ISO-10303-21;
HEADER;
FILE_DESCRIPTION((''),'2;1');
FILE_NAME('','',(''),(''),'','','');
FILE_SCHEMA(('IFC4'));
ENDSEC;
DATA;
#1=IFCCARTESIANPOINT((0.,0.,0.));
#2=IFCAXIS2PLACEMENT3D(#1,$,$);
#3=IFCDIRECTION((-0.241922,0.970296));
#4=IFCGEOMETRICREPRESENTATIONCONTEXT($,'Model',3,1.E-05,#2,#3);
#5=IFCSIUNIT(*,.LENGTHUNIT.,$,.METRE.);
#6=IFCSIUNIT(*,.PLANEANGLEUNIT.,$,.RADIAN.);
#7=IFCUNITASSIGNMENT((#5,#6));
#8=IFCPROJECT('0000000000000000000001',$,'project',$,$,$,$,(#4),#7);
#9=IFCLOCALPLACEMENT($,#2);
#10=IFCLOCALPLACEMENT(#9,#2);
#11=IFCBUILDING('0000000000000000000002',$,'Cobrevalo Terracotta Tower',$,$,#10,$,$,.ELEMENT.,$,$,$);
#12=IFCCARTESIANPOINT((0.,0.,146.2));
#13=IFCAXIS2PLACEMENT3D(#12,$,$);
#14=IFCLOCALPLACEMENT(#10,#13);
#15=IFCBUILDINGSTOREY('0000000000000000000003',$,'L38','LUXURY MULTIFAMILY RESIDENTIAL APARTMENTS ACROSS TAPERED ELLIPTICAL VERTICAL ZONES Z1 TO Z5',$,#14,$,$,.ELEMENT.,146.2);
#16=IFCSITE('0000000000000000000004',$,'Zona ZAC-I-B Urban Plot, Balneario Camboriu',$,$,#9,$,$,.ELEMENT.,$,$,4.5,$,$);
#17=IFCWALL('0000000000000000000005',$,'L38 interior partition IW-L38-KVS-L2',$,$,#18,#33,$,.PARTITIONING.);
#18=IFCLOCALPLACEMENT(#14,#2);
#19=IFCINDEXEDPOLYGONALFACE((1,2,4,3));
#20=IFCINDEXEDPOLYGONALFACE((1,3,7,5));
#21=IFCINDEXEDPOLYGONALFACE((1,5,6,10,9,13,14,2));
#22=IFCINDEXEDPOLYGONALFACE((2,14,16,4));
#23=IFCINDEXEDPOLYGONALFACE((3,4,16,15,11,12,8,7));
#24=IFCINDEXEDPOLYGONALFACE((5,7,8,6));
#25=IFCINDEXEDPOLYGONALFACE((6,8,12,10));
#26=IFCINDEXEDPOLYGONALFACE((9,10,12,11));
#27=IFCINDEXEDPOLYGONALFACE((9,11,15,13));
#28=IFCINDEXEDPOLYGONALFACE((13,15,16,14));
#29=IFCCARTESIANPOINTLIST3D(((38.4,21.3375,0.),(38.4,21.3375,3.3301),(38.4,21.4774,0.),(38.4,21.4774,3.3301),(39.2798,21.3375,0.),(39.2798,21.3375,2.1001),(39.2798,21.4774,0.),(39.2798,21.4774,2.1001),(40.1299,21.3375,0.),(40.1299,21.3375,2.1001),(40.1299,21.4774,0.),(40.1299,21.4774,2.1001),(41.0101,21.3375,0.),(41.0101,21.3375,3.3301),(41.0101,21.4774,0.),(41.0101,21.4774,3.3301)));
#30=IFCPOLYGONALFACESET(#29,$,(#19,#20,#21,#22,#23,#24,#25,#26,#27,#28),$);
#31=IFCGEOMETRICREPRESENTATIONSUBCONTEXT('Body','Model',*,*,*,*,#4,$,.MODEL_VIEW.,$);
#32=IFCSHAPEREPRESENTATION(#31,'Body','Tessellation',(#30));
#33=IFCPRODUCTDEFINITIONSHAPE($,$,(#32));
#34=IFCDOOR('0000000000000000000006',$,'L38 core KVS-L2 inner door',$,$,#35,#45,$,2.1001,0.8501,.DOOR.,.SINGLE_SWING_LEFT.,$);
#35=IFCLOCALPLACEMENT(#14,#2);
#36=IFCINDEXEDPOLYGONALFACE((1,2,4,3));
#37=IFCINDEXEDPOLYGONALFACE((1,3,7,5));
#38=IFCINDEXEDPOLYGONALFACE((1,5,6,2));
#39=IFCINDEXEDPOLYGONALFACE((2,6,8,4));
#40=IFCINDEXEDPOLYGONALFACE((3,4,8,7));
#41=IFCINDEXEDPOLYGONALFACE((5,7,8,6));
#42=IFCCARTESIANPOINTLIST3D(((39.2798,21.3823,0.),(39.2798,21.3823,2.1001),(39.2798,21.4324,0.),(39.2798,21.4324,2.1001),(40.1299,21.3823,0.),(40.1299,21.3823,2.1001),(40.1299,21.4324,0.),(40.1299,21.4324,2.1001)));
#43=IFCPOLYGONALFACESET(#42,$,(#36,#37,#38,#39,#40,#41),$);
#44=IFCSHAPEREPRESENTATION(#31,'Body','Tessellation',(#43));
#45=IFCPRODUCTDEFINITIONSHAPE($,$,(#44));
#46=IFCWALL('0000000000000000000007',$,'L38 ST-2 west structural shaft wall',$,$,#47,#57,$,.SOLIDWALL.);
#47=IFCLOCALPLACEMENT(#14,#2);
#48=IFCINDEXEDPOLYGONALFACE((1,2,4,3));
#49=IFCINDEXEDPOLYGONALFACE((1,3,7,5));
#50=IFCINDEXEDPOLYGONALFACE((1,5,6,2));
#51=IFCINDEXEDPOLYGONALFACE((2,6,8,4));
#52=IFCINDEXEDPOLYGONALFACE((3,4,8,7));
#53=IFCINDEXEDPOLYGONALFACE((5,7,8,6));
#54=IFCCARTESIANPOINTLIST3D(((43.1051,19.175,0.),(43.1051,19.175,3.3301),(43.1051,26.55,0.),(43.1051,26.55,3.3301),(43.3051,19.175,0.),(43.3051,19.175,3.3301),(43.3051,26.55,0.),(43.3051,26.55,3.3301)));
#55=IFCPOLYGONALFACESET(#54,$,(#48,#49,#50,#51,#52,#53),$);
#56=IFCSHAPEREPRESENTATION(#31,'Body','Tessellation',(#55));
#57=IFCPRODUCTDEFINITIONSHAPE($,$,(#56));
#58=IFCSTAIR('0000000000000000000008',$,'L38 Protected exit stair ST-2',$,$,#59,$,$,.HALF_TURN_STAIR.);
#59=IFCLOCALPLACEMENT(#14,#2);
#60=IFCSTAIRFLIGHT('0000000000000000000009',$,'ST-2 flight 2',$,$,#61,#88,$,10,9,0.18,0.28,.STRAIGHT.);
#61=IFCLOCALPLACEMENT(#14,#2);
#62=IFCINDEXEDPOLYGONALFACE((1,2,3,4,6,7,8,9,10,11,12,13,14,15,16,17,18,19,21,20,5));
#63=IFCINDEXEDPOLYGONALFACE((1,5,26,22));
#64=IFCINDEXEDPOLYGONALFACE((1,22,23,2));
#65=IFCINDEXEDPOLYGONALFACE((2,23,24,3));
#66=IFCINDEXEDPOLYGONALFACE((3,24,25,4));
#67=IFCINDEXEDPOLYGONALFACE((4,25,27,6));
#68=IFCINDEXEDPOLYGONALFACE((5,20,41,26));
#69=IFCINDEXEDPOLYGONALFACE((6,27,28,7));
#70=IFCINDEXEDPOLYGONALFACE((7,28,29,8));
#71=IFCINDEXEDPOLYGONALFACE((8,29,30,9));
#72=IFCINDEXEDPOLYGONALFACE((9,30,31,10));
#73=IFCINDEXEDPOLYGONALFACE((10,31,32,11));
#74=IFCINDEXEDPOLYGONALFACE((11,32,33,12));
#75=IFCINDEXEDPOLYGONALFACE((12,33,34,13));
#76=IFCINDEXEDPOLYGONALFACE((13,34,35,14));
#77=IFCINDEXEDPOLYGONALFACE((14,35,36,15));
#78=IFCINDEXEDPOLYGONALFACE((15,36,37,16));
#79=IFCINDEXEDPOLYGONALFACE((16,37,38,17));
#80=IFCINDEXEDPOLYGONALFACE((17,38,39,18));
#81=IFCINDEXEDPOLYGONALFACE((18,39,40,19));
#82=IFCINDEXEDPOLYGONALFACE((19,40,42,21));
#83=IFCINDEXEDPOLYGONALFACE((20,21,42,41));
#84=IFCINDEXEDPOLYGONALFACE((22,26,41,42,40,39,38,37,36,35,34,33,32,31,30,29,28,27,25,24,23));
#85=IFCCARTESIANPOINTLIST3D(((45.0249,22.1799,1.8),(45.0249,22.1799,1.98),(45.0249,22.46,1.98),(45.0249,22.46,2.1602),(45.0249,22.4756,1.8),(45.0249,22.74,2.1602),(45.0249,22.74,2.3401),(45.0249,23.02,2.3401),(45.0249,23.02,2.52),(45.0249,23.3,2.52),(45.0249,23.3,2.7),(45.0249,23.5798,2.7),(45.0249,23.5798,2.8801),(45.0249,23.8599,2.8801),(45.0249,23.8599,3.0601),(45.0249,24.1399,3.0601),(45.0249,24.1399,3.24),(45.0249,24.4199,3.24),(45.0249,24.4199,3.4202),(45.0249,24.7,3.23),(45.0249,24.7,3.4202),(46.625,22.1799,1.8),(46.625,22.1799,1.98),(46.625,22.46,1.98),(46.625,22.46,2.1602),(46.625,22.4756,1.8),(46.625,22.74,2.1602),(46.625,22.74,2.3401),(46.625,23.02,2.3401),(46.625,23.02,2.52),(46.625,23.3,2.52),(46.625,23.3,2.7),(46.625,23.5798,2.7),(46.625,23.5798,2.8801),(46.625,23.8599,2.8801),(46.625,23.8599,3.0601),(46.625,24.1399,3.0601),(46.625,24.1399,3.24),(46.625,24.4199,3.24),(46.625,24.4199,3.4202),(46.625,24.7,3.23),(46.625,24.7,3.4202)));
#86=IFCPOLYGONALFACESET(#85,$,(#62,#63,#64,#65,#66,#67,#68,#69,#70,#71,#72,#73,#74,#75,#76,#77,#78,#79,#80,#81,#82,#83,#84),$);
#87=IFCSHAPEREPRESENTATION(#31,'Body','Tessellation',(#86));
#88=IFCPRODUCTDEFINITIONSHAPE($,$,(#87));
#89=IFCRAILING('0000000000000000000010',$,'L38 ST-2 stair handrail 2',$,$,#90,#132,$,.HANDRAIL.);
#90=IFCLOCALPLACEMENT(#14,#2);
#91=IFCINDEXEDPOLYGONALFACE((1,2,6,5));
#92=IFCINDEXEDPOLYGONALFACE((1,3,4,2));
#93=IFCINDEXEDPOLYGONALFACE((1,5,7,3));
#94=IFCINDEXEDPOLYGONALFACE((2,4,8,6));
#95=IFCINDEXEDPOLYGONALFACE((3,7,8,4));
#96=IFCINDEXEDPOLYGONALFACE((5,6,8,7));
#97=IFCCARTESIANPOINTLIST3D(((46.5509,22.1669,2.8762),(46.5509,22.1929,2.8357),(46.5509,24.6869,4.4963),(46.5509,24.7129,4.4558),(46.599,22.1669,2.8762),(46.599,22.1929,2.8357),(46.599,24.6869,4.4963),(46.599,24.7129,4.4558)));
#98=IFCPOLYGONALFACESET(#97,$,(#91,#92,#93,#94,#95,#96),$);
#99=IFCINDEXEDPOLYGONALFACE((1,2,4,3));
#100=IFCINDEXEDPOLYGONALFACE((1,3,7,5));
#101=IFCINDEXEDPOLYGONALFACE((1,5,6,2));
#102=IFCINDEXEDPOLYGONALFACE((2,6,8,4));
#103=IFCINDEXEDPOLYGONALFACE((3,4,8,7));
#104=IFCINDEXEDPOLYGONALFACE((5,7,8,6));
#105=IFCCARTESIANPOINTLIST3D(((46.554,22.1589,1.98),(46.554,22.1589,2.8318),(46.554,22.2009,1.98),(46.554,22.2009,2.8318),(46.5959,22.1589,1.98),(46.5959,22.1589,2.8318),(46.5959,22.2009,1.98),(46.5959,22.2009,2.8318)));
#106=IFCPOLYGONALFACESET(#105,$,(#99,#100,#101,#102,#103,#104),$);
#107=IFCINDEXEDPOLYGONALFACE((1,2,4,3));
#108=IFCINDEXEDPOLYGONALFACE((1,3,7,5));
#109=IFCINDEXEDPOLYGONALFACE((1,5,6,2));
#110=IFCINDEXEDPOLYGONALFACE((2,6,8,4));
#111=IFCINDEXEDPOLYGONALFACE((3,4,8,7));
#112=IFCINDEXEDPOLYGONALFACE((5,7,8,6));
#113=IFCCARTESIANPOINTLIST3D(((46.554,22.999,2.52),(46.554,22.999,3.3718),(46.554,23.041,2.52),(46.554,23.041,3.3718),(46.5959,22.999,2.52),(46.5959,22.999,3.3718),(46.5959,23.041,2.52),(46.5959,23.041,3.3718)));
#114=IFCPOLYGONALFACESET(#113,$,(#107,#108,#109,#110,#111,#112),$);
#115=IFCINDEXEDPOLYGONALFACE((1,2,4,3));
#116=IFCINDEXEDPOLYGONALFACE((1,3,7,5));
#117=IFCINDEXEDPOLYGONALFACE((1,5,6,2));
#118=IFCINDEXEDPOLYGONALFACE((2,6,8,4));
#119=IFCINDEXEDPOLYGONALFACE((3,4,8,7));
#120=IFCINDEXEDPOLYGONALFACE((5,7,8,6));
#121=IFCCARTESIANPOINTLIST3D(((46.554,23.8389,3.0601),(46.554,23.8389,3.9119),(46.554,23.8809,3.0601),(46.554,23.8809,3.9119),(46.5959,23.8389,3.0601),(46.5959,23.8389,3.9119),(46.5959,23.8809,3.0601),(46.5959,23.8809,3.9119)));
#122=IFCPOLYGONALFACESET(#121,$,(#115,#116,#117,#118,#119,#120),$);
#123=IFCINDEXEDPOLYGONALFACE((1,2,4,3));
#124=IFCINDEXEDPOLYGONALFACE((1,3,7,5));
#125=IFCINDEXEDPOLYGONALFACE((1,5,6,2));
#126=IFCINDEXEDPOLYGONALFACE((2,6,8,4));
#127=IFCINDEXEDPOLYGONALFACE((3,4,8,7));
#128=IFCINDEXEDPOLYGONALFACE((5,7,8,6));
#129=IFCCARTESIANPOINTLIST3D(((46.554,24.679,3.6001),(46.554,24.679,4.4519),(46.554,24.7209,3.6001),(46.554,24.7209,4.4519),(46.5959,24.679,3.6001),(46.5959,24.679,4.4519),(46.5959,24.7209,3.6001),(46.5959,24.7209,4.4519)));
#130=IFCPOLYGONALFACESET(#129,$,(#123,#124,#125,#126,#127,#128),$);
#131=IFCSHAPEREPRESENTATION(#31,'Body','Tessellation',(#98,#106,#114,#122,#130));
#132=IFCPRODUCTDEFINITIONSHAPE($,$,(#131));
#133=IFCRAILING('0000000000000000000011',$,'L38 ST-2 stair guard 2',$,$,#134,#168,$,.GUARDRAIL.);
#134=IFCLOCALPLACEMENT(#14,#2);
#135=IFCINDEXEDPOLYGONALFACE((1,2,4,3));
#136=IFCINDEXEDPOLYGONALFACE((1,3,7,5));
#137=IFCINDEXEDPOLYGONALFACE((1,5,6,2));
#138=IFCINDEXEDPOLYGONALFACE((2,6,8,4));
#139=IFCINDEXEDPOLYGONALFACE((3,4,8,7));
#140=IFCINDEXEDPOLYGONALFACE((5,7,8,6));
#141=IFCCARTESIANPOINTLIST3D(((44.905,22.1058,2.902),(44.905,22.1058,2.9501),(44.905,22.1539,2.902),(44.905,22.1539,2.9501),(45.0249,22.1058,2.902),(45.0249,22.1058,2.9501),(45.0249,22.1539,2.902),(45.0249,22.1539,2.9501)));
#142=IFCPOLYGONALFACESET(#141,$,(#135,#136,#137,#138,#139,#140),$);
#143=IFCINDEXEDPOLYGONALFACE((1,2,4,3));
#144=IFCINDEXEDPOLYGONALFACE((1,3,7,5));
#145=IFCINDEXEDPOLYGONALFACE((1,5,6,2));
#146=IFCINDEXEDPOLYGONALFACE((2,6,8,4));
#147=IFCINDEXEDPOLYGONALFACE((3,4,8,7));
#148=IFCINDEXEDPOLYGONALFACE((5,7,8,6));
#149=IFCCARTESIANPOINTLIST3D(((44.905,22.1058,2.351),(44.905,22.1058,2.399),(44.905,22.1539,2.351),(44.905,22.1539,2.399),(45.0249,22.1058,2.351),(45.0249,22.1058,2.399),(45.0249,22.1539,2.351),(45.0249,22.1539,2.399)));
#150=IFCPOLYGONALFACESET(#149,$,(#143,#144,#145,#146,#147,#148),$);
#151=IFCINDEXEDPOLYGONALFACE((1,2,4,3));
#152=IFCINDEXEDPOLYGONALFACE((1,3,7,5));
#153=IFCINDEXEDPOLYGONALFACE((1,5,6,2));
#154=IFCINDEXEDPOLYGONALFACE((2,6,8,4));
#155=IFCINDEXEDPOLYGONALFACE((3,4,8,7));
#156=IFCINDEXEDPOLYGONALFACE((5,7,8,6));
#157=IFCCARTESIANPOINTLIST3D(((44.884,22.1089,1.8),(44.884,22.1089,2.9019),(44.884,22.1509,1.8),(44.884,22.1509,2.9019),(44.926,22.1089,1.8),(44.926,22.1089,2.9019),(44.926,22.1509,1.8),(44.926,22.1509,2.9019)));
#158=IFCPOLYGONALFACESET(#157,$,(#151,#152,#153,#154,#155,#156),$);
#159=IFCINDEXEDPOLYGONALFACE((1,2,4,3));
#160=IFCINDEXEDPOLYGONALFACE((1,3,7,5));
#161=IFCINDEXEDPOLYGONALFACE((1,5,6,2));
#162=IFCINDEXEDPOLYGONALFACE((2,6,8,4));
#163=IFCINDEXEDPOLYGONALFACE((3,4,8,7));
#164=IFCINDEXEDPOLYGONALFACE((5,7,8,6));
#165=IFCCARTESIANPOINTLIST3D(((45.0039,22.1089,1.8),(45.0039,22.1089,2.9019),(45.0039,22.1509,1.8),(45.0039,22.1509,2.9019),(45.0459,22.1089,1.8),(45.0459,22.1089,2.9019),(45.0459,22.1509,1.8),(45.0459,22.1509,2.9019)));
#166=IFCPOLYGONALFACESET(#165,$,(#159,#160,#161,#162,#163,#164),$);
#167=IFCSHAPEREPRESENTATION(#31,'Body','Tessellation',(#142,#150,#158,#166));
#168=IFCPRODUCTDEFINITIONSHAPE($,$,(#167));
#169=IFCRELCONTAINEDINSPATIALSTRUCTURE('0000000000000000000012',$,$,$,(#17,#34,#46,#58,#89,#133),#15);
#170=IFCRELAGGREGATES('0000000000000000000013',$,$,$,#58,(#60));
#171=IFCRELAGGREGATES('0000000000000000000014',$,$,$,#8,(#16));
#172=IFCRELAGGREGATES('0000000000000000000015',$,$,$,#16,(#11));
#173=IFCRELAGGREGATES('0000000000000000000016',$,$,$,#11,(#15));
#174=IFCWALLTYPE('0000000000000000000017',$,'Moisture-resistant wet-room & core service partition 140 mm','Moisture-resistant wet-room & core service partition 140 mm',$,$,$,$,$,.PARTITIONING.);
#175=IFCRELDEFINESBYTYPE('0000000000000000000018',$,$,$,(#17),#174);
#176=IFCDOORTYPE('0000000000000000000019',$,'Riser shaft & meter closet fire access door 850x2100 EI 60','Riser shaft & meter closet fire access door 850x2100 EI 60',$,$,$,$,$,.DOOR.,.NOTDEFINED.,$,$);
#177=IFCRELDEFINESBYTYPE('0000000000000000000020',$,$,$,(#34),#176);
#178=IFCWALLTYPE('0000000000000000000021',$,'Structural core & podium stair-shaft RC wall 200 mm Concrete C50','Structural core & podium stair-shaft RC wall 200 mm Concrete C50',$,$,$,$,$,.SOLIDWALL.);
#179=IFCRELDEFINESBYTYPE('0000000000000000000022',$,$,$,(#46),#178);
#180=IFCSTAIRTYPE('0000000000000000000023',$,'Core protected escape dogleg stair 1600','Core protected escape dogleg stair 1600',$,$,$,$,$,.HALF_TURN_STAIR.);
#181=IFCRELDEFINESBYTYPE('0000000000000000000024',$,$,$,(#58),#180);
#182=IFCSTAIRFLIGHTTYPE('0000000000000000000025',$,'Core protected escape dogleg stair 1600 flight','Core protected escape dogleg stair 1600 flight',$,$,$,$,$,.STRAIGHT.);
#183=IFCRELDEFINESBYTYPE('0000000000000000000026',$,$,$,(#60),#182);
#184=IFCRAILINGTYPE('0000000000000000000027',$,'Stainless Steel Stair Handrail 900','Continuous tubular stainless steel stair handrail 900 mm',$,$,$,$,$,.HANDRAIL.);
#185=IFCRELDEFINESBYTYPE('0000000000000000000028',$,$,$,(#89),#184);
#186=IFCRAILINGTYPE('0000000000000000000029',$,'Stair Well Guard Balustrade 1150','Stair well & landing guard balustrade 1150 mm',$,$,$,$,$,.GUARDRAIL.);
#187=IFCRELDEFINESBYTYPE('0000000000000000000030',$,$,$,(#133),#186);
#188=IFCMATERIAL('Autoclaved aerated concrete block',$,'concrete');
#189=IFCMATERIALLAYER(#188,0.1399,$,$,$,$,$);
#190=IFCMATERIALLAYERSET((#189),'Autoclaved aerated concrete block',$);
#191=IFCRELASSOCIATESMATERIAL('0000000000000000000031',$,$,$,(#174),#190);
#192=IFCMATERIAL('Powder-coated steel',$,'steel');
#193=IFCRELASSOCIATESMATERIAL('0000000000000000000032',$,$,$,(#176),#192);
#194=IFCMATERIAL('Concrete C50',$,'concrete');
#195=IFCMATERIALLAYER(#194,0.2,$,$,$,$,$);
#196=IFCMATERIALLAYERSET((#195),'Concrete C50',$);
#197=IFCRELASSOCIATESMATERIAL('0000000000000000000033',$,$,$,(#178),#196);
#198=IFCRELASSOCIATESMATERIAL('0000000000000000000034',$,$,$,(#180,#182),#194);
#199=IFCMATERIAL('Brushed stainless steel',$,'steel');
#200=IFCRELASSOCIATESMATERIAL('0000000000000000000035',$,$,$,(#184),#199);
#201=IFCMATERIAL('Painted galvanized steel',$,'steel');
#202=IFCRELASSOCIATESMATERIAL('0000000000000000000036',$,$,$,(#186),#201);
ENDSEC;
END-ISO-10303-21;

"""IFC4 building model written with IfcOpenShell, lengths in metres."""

from ifc_helpers import new_model, si_unit, direction, frame, frame_2d, origin, origin_2d, place, context, subcontext, project, spatial, polyline, rectangle, outline, extrude, source, transform, mapped, material, layer, layer_set, type_object, element, fill, aggregate, save


model = new_model("IFC4")

# Units and contexts
model_context = context("Model", 3, precision=1e-05, world=origin(), true_north=direction((-0.241922, 0.970296)))
body_context = subcontext(model_context, "Body", "Model", "MODEL_VIEW")
ifc_project = project(units=[si_unit("LENGTHUNIT", "METRE"), si_unit("PLANEANGLEUNIT", "RADIAN")], contexts=[model_context])

# Site, building, storey
site_placement = place(None, origin())
site = spatial("IfcSite", under=ifc_project, at=site_placement, Name="Zona ZAC-I-B Urban Plot, Balneario Camboriu", CompositionType="ELEMENT", RefElevation=4.5)
building_placement = place(site_placement, origin())
building = spatial("IfcBuilding", under=site, at=building_placement, Name="Cobrevalo Terracotta Tower", CompositionType="ELEMENT")
storey_placement = place(building_placement, frame((0.0, 0.0, 146.2)))
storey = spatial("IfcBuildingStorey", under=building, at=storey_placement, Name="L38", Description="LUXURY MULTIFAMILY RESIDENTIAL APARTMENTS ACROSS TAPERED ELLIPTICAL VERTICAL ZONES Z1 TO Z5", CompositionType="ELEMENT", Elevation=146.2)

# Shared definitions
ifc_material_1 = material(Name="Autoclaved aerated concrete block", Category="concrete")

# Shared definitions
ifc_material_2 = material(Name="Concrete C50", Category="concrete")

# Shared definitions
ifc_layer_1 = layer(ifc_material_1, 0.1399)
ifc_layer_set_1 = layer_set([ifc_layer_1], Name="Autoclaved aerated concrete block")
wall_type_1 = type_object("IfcWallType", Name="Moisture-resistant wet-room & core service partition 140 mm", Description="Moisture-resistant wet-room & core service partition 140 mm", PredefinedType="PARTITIONING", material=ifc_layer_set_1)

# Wall, opening, door
wall_1_placement = place(storey_placement, frame((38.3999, 21.4075, 0.0), z_axis=(0.0, 0.0, 1.0), x_axis=(1.0, 0.0, 0.0)))
wall_1 = element("IfcWall", 1, at=wall_1_placement, inside=storey, type_object=wall_type_1, Name="L38 interior partition IW-L38-KVS-L2", PredefinedType="PARTITIONING", context=body_context, shape_type="SweptSolid", body=[
    extrude(rectangle(XDim=2.6101, YDim=0.1399, at=frame_2d((1.3052, 0.0))), origin(), (0.0, 0.0, 1.0), 3.3301),
])
opening_1_placement = place(wall_1_placement, frame((0.8799, 0.0, 0.0)))
opening_1 = element("IfcOpeningElement", 2, at=opening_1_placement, cuts=wall_1, PredefinedType="OPENING", context=body_context, shape_type="SweptSolid", body=[
    extrude(rectangle(XDim=0.8501, YDim=2.1001, at=frame_2d((0.425, 1.05))), frame((0.0, 0.0801, 0.0), z_axis=(0.0, -1.0, 0.0), x_axis=(1.0, 0.0, 0.0)), (0.0, 0.0, 1.0), 0.1599),
])
ifc_material_3 = material(Name="Powder-coated steel", Category="steel")
door_type_1 = type_object("IfcDoorType", Name="Riser shaft & meter closet fire access door 850x2100 EI 60", Description="Riser shaft & meter closet fire access door 850x2100 EI 60", OperationType="NOTDEFINED", PredefinedType="DOOR", material=ifc_material_3)
shared_shape_1 = source(origin(), body_context, "Body", "SweptSolid", [
    extrude(rectangle(XDim=0.8501, YDim=2.1001, at=frame_2d((0.425, 1.05))), frame((0.0, 0.0249, 0.0), z_axis=(0.0, -1.0, 0.0), x_axis=(1.0, 0.0, 0.0)), (0.0, 0.0, 1.0), 0.05),
])
door_1_placement = place(opening_1_placement, origin())
door_1 = element("IfcDoor", 3, at=door_1_placement, inside=storey, type_object=door_type_1, Name="L38 core KVS-L2 inner door", OperationType="SINGLE_SWING_LEFT", OverallHeight=2.1001, OverallWidth=0.8501, PredefinedType="DOOR", context=body_context, shape_type="MappedRepresentation", body=[
    mapped(shared_shape_1, transform((0.0, 0.0, 0.0), scale=1.0)),
])
fill(opening_1, door_1)

# Wall
ifc_layer_2 = layer(ifc_material_2, 0.2)
ifc_layer_set_2 = layer_set([ifc_layer_2], Name="Concrete C50")
wall_type_2 = type_object("IfcWallType", Name="Structural core & podium stair-shaft RC wall 200 mm Concrete C50", Description="Structural core & podium stair-shaft RC wall 200 mm Concrete C50", PredefinedType="SOLIDWALL", material=ifc_layer_set_2)
wall_2_placement = place(storey_placement, frame((43.2051, 19.175, 0.0), z_axis=(0.0, 0.0, 1.0), x_axis=(0.0, 1.0, 0.0)))
element("IfcWall", 4, at=wall_2_placement, inside=storey, type_object=wall_type_2, Name="L38 ST-2 west structural shaft wall", PredefinedType="SOLIDWALL", context=body_context, shape_type="SweptSolid", body=[
    extrude(rectangle(XDim=7.375, YDim=0.2, at=frame_2d((3.6875, 0.0))), origin(), (0.0, 0.0, 1.0), 3.3301),
])

# Stair, stair flight
stair_type = type_object("IfcStairType", Name="Core protected escape dogleg stair 1600", Description="Core protected escape dogleg stair 1600", PredefinedType="HALF_TURN_STAIR", material=ifc_material_2)
stair_placement = place(storey_placement, origin())
stair = element("IfcStair", 5, at=stair_placement, inside=storey, type_object=stair_type, Name="L38 Protected exit stair ST-2", PredefinedType="HALF_TURN_STAIR")
stair_flight_type = type_object("IfcStairFlightType", Name="Core protected escape dogleg stair 1600 flight", Description="Core protected escape dogleg stair 1600 flight", PredefinedType="STRAIGHT", material=ifc_material_2)
stair_flight_placement = place(storey_placement, frame((45.825, 22.1799, 1.8), z_axis=(0.0, 0.0, 1.0), x_axis=(0.0, 1.0, 0.0)))
stair_flight = element("IfcStairFlight", 6, at=stair_flight_placement, type_object=stair_flight_type, Name="ST-2 flight 2", NumberOfRisers=10, NumberOfTreads=9, PredefinedType="STRAIGHT", RiserHeight=0.18, TreadLength=0.28, context=body_context, shape_type="SweptSolid", body=[
    extrude(outline(polyline([(0.0, 0.0), (0.0, 0.1799), (0.28, 0.1799), (0.28, 0.3601), (0.5601, 0.3601), (0.5601, 0.54), (0.8401, 0.54), (0.8401, 0.72), (1.1201, 0.72), (1.1201, 0.8999), (1.3999, 0.8999), (1.3999, 1.0801), (1.6799, 1.0801), (1.6799, 1.26), (1.96, 1.26), (1.96, 1.4399), (2.24, 1.4399), (2.24, 1.6201), (2.52, 1.6201), (2.52, 1.8), (2.52, 1.4299), (0.2957, 0.0), (0.0, 0.0)])), frame((0.0, 0.8, 0.0), z_axis=(0.0, -1.0, 0.0), x_axis=(1.0, 0.0, 0.0)), (0.0, 0.0, 1.0), 1.6001),
])
aggregate(stair, [stair_flight])

# Railings
ifc_material_4 = material(Name="Brushed stainless steel", Category="steel")
railing_type_1 = type_object("IfcRailingType", Name="Stainless Steel Stair Handrail 900", Description="Continuous tubular stainless steel stair handrail 900 mm", PredefinedType="HANDRAIL", material=ifc_material_4)
railing_1_placement = place(storey_placement, frame((46.575, 22.1799, 1.98)))
element("IfcRailing", 7, at=railing_1_placement, inside=storey, type_object=railing_type_1, Name="L38 ST-2 stair handrail 2", PredefinedType="HANDRAIL", context=body_context, shape_type="SweptSolid", body=[
    extrude(rectangle(XDim=0.0481, YDim=0.0481, at=origin_2d()), frame((0.0, 0.0, 0.876), z_axis=(0.0, 0.841163, 0.540782), x_axis=(-1.0, 0.0, 0.0)), (0.0, 0.0, 1.0), 2.9958),
    extrude(rectangle(XDim=0.042, YDim=0.042, at=origin_2d()), origin(), (0.0, 0.0, 1.0), 0.8518),
    extrude(rectangle(XDim=0.042, YDim=0.042, at=origin_2d()), frame((0.0, 0.8401, 0.54)), (0.0, 0.0, 1.0), 0.8518),
    extrude(rectangle(XDim=0.042, YDim=0.042, at=origin_2d()), frame((0.0, 1.6799, 1.0801)), (0.0, 0.0, 1.0), 0.8518),
    extrude(rectangle(XDim=0.042, YDim=0.042, at=origin_2d()), frame((0.0, 2.52, 1.6201)), (0.0, 0.0, 1.0), 0.8518),
])
ifc_material_5 = material(Name="Painted galvanized steel", Category="steel")
railing_type_2 = type_object("IfcRailingType", Name="Stair Well Guard Balustrade 1150", Description="Stair well & landing guard balustrade 1150 mm", PredefinedType="GUARDRAIL", material=ifc_material_5)
railing_2_placement = place(storey_placement, frame((44.905, 22.1299, 1.8)))
element("IfcRailing", 8, at=railing_2_placement, inside=storey, type_object=railing_type_2, Name="L38 ST-2 stair guard 2", PredefinedType="GUARDRAIL", context=body_context, shape_type="SweptSolid", body=[
    extrude(rectangle(XDim=0.0481, YDim=0.0481, at=origin_2d()), frame((0.0, 0.0, 1.126), z_axis=(1.0, 0.0, 0.0), x_axis=(0.0, 1.0, 0.0)), (0.0, 0.0, 1.0), 0.1199),
    extrude(rectangle(XDim=0.0481, YDim=0.0481, at=origin_2d()), frame((0.0, 0.0, 0.575), z_axis=(1.0, 0.0, 0.0), x_axis=(0.0, 1.0, 0.0)), (0.0, 0.0, 1.0), 0.1199),
    extrude(rectangle(XDim=0.042, YDim=0.042, at=origin_2d()), origin(), (0.0, 0.0, 1.0), 1.1018),
    extrude(rectangle(XDim=0.042, YDim=0.042, at=origin_2d()), frame((0.1199, 0.0, 0.0)), (0.0, 0.0, 1.0), 1.1018),
])

save(model, "model.ifc")
